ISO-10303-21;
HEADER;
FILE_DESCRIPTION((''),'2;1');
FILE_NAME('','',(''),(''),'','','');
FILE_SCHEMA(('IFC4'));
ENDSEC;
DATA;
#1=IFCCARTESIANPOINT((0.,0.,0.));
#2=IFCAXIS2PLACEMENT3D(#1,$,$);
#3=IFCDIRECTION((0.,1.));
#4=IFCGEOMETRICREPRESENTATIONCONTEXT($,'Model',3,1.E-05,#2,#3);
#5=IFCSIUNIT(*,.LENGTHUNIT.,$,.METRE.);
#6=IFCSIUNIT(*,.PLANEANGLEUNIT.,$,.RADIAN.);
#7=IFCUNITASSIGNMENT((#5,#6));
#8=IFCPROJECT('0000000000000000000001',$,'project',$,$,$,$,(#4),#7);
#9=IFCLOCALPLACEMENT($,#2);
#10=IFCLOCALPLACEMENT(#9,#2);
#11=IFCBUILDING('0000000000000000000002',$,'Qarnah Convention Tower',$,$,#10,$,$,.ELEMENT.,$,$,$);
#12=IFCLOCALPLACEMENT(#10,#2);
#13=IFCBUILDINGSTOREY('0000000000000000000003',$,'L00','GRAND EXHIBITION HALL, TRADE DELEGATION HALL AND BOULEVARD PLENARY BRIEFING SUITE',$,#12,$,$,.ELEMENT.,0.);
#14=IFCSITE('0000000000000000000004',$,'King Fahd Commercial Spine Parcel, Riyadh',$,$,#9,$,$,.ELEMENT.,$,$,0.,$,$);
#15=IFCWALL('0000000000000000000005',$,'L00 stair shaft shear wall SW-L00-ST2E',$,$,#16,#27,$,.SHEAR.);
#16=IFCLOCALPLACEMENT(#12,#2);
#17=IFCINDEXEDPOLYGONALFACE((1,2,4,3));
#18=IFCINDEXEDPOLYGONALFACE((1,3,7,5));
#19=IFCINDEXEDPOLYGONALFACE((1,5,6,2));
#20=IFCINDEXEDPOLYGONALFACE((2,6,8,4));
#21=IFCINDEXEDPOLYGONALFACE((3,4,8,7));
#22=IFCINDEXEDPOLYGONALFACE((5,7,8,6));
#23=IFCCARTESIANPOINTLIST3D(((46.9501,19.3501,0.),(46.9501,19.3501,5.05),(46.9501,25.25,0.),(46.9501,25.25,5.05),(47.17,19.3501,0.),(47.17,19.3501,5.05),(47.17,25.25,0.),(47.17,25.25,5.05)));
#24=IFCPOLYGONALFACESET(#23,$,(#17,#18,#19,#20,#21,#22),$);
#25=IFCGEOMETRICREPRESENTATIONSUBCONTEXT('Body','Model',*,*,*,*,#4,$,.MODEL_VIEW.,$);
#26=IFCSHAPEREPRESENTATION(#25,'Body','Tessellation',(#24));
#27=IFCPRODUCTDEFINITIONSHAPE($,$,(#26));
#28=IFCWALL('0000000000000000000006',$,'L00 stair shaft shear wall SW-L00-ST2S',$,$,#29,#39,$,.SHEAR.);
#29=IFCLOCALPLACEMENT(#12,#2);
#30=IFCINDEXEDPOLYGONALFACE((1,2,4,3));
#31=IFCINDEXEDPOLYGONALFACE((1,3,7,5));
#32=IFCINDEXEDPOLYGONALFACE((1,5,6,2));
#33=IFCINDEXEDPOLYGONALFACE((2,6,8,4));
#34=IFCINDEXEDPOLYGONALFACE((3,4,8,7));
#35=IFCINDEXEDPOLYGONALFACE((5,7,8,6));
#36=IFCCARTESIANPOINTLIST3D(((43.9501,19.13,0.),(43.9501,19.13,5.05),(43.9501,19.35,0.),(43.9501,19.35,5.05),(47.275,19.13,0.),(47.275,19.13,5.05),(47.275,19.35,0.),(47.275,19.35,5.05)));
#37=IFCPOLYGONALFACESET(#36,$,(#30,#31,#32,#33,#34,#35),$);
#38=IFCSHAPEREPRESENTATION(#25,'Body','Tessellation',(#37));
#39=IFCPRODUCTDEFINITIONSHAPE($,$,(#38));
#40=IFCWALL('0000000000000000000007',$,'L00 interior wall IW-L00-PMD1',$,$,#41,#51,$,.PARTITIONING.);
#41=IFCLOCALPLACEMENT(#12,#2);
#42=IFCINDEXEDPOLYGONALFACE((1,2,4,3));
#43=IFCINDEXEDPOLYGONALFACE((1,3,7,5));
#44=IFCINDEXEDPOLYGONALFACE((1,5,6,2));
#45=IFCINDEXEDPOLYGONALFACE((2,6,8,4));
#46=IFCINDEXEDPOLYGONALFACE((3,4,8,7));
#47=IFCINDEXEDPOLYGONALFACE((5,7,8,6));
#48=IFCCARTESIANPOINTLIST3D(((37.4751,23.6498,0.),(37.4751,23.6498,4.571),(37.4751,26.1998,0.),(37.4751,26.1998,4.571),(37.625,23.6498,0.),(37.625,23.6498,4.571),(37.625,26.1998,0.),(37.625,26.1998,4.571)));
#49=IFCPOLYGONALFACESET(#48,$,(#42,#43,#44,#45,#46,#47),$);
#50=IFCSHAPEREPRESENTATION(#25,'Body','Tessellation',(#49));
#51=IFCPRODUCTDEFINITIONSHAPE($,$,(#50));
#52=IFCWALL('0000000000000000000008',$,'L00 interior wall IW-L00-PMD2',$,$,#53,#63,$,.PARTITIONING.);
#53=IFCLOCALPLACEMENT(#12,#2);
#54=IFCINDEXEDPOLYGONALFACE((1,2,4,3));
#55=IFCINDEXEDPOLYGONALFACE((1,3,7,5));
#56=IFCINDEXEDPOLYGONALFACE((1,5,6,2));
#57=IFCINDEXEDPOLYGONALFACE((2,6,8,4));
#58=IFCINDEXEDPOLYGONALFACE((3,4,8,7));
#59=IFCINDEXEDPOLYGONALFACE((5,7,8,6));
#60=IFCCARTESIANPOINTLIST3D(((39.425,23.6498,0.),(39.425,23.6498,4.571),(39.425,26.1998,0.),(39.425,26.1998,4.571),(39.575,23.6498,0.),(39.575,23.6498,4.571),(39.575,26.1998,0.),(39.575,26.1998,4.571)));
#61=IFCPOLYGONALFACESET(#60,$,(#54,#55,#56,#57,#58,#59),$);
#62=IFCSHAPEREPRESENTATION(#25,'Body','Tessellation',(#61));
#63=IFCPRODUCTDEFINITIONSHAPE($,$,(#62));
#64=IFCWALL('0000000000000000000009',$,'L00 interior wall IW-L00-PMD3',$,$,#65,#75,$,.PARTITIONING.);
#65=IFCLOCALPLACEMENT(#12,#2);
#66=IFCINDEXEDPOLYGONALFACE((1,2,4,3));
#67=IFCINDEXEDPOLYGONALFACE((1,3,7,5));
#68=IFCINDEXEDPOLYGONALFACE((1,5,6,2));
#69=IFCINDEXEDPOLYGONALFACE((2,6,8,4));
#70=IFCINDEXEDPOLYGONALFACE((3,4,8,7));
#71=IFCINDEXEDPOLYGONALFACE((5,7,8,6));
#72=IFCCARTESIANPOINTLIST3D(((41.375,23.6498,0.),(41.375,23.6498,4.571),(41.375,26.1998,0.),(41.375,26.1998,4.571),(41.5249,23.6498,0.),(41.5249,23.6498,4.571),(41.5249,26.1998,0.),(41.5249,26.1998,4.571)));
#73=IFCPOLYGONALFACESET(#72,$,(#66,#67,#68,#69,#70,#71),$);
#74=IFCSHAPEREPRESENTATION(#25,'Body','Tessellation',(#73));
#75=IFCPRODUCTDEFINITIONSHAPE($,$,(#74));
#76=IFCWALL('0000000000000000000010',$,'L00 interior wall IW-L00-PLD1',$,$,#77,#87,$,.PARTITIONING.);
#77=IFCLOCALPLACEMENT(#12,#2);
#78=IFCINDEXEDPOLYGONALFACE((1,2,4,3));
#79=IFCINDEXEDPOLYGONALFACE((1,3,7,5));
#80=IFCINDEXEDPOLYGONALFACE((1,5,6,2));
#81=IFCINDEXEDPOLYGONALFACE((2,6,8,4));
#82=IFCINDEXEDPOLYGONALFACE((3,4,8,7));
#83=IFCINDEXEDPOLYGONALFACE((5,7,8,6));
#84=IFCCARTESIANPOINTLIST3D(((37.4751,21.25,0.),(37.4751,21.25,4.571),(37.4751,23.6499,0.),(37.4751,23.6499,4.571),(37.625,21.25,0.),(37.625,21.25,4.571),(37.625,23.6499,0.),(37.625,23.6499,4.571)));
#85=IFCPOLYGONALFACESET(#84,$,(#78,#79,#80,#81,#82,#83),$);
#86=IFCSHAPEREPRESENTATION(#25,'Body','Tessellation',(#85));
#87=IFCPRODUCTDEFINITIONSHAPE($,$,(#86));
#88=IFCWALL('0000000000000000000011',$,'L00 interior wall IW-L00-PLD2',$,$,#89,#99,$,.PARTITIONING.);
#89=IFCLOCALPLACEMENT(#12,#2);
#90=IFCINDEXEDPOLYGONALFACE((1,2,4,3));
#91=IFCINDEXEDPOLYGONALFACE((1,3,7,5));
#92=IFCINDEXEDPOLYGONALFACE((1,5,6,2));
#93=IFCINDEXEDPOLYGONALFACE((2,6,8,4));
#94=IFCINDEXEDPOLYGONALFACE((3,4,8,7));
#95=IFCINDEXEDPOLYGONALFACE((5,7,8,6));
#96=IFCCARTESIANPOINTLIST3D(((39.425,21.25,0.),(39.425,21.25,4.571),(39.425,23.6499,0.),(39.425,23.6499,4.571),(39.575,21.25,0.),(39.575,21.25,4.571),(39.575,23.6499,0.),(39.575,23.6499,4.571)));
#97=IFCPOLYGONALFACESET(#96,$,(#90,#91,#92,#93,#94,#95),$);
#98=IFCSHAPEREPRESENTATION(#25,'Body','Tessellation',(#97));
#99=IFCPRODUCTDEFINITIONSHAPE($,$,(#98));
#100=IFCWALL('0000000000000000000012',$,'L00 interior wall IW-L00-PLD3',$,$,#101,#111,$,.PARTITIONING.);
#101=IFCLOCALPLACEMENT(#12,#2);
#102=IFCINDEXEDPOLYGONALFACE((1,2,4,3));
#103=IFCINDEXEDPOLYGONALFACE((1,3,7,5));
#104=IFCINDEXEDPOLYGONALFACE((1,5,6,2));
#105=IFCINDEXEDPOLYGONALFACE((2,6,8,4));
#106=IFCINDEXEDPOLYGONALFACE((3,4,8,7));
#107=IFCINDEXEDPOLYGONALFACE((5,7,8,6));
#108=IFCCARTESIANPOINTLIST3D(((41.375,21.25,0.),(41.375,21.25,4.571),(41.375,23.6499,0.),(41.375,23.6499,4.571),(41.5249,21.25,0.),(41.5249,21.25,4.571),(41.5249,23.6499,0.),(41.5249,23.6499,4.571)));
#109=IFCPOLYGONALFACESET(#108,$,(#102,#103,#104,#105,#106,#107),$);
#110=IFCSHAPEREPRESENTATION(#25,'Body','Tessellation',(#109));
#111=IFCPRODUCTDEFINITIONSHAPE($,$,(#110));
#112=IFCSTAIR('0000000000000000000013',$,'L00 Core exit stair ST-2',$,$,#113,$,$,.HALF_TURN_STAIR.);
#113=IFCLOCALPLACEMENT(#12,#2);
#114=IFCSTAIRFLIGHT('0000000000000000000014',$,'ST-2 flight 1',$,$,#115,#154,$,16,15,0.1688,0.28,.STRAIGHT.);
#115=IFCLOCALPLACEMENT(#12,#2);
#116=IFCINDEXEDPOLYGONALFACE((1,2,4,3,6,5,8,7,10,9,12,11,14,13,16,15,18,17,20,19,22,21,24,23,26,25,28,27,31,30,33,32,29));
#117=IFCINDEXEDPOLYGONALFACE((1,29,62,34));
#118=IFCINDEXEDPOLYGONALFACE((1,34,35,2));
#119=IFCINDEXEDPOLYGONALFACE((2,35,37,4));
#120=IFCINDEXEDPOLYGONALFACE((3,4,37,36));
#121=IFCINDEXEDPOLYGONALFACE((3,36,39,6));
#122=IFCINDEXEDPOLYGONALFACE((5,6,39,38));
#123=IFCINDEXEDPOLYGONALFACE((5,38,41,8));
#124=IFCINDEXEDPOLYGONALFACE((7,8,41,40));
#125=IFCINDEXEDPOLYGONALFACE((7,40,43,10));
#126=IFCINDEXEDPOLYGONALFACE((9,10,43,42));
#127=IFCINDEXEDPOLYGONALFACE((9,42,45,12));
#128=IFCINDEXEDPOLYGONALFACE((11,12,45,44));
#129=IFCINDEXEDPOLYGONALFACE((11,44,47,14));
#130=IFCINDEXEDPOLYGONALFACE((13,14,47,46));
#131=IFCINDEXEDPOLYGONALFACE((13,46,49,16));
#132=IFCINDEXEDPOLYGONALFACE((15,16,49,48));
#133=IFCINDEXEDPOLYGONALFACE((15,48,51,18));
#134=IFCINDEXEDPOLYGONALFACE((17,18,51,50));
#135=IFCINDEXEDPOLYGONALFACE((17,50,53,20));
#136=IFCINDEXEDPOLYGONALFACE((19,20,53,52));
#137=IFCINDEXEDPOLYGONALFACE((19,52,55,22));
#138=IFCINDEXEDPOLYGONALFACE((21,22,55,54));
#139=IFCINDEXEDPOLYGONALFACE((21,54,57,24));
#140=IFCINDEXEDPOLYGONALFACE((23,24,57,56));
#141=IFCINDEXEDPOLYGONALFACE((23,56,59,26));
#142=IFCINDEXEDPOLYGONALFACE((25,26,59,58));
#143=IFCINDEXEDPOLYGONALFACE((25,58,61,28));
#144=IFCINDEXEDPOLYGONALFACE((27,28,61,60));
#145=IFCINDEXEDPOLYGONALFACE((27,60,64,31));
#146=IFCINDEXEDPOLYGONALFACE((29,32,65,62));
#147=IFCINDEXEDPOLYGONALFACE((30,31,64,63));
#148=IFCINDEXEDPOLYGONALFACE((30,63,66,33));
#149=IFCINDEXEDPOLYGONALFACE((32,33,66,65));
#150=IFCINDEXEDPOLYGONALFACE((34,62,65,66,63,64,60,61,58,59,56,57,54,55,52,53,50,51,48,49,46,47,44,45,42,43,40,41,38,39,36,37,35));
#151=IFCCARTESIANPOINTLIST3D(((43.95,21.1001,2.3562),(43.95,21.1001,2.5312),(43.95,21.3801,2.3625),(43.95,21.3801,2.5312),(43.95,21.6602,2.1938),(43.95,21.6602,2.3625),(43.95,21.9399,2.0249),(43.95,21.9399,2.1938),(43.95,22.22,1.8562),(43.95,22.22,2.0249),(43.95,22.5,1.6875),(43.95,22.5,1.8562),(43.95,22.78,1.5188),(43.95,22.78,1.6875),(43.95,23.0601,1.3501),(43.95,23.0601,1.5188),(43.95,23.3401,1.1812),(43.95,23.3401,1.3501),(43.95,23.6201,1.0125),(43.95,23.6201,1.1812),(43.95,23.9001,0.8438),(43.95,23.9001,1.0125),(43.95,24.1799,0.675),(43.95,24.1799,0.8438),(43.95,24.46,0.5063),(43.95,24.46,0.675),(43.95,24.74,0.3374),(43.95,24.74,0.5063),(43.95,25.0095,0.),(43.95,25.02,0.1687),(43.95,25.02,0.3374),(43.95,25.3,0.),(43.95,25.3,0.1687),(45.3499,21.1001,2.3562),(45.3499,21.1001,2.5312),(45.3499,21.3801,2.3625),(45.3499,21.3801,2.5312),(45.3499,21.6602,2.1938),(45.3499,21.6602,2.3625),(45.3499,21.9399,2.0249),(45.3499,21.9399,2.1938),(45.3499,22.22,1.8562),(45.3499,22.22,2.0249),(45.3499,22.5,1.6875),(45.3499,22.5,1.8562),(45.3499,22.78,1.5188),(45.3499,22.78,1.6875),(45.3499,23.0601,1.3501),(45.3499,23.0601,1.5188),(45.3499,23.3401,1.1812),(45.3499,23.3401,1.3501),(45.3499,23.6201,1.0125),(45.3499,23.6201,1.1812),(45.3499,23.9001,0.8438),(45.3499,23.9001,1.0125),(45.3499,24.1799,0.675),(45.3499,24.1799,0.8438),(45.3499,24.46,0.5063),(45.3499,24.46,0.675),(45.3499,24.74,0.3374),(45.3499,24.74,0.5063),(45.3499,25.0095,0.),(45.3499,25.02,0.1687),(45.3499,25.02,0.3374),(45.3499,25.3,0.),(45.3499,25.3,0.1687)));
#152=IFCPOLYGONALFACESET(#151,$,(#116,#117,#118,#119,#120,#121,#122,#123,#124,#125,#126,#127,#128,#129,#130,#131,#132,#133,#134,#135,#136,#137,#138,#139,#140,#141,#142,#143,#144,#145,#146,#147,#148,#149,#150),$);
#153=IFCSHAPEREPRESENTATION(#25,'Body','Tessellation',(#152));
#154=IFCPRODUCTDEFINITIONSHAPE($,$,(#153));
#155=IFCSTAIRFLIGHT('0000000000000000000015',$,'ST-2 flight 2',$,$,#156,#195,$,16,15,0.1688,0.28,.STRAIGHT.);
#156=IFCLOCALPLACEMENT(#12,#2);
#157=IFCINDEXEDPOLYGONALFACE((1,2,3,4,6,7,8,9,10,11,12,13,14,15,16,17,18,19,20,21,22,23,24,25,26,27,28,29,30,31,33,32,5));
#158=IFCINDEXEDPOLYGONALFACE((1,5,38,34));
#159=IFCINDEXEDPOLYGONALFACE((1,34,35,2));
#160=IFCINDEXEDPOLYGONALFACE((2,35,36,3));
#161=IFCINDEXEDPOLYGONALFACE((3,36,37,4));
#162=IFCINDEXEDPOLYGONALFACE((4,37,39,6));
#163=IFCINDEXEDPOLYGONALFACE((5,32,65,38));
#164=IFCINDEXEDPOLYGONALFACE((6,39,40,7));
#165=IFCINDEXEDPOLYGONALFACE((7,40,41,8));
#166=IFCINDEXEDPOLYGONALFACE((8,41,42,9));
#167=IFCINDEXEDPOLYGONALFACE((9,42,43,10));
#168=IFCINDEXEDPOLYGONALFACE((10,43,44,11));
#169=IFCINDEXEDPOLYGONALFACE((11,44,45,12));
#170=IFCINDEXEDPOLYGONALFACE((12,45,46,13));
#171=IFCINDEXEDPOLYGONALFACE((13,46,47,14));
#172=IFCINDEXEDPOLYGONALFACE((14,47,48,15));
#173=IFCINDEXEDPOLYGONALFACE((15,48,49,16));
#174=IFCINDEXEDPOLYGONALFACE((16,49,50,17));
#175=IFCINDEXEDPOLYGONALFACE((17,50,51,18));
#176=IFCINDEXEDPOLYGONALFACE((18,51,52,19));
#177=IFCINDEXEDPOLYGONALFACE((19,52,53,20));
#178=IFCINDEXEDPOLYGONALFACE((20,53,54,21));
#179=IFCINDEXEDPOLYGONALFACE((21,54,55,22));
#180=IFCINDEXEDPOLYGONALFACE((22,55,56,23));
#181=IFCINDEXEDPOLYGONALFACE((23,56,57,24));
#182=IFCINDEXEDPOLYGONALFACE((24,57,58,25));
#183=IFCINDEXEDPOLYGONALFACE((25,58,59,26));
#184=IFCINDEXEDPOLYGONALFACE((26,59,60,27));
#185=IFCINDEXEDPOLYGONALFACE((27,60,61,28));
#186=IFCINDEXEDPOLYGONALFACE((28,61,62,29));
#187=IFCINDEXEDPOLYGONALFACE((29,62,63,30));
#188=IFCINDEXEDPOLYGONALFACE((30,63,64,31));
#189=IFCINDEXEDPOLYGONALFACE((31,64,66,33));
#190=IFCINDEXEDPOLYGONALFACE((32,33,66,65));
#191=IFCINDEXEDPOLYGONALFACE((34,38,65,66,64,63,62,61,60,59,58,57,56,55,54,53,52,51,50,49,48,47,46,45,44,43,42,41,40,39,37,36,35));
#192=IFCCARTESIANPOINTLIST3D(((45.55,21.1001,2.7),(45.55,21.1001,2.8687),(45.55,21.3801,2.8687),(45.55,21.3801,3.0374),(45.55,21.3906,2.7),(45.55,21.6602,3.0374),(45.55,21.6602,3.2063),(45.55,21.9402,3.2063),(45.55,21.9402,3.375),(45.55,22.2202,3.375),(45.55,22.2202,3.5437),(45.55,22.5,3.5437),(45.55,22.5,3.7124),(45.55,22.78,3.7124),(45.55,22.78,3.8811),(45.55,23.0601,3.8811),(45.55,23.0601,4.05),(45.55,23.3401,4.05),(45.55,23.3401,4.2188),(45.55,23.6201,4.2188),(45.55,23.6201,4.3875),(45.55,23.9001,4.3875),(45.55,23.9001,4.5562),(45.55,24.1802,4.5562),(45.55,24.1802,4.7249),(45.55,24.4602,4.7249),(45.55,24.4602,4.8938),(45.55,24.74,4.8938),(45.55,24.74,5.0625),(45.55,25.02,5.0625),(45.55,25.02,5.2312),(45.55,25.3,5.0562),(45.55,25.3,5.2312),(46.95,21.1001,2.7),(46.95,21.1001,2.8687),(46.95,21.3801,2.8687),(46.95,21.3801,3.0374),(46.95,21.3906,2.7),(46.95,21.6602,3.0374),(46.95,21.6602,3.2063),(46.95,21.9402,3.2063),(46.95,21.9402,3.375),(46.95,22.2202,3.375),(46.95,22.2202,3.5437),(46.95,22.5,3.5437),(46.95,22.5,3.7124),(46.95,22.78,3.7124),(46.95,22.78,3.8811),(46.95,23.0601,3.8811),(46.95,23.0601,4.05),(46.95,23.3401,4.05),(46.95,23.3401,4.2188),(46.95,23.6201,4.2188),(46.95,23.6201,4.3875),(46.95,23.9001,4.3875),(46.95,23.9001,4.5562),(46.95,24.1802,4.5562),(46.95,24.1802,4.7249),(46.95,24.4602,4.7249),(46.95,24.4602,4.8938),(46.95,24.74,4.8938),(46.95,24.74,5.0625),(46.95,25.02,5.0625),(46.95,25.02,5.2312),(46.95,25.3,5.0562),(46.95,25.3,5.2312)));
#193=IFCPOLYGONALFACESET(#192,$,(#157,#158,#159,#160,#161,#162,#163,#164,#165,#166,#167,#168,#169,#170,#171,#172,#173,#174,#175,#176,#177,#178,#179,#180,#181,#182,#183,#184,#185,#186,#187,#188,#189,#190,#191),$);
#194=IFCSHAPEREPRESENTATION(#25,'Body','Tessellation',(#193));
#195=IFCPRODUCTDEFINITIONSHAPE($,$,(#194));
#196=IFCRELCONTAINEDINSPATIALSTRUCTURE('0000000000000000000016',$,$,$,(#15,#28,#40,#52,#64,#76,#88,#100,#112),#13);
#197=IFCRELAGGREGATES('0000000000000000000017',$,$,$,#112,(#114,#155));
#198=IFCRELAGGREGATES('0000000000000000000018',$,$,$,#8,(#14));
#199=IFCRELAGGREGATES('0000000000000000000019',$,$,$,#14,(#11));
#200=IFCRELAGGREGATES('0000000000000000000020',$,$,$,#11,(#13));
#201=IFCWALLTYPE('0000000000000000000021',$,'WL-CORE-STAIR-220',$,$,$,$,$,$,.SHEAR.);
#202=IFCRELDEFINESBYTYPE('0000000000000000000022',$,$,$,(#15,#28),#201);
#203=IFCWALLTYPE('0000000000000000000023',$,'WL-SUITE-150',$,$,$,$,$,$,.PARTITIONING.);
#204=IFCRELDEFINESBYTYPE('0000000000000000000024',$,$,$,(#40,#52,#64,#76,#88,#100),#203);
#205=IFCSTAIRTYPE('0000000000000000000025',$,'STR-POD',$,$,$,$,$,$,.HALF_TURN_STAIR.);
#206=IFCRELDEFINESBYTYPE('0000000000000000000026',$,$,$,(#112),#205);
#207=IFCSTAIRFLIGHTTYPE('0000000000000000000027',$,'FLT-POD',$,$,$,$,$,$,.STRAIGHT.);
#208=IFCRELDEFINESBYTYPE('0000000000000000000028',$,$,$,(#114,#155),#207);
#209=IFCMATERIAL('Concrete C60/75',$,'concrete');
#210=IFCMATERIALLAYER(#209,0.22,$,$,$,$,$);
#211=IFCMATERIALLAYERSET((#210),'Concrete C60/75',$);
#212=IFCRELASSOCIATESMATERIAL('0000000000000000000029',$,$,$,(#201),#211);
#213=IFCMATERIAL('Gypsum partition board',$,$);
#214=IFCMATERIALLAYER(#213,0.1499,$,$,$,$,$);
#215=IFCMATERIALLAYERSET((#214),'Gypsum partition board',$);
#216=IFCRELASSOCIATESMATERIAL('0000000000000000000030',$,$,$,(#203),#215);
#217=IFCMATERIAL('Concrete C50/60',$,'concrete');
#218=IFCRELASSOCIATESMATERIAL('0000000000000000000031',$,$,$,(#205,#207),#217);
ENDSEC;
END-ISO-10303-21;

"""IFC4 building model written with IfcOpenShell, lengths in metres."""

from ifc_helpers import new_model, si_unit, direction, frame, frame_2d, origin, place, context, subcontext, project, spatial, polyline, rectangle, outline, extrude, material, layer, layer_set, type_object, element, aggregate, save


model = new_model("IFC4")

# Units and contexts
model_context = context("Model", 3, precision=1e-05, world=origin(), true_north=direction((0.0, 1.0)))
body_context = subcontext(model_context, "Body", "Model", "MODEL_VIEW")
ifc_project = project(units=[si_unit("LENGTHUNIT", "METRE"), si_unit("PLANEANGLEUNIT", "RADIAN")], contexts=[model_context])

# Site, building, storey
site_placement = place(None, origin())
site = spatial("IfcSite", under=ifc_project, at=site_placement, Name="King Fahd Commercial Spine Parcel, Riyadh", CompositionType="ELEMENT", RefElevation=0.0)
building_placement = place(site_placement, origin())
building = spatial("IfcBuilding", under=site, at=building_placement, Name="Qarnah Convention Tower", CompositionType="ELEMENT")
storey_placement = place(building_placement, origin())
storey = spatial("IfcBuildingStorey", under=building, at=storey_placement, Name="L00", Description="GRAND EXHIBITION HALL, TRADE DELEGATION HALL AND BOULEVARD PLENARY BRIEFING SUITE", CompositionType="ELEMENT", Elevation=0.0)

# Shared definitions
ifc_material_1 = material(Name="Concrete C60/75", Category="concrete")

# Walls
ifc_layer_1 = layer(ifc_material_1, 0.22)
ifc_layer_set_1 = layer_set([ifc_layer_1], Name="Concrete C60/75")
wall_type_1 = type_object("IfcWallType", Name="WL-CORE-STAIR-220", PredefinedType="SHEAR", material=ifc_layer_set_1)
wall_1_placement = place(storey_placement, frame((47.0601, 19.3501, 0.0), z_axis=(0.0, 0.0, 1.0), x_axis=(0.0, 1.0, 0.0)))
element("IfcWall", 1, at=wall_1_placement, inside=storey, type_object=wall_type_1, Name="L00 stair shaft shear wall SW-L00-ST2E", PredefinedType="SHEAR", context=body_context, shape_type="SweptSolid", body=[
    extrude(rectangle(XDim=5.8999, YDim=0.22, at=frame_2d((2.95, 0.0))), origin(), (0.0, 0.0, 1.0), 5.05),
])
wall_2_placement = place(storey_placement, frame((43.95, 19.24, 0.0), z_axis=(0.0, 0.0, 1.0), x_axis=(1.0, 0.0, 0.0)))
element("IfcWall", 2, at=wall_2_placement, inside=storey, type_object=wall_type_1, Name="L00 stair shaft shear wall SW-L00-ST2S", PredefinedType="SHEAR", context=body_context, shape_type="SweptSolid", body=[
    extrude(rectangle(XDim=3.325, YDim=0.22, at=frame_2d((1.6626, 0.0))), origin(), (0.0, 0.0, 1.0), 5.05),
])
ifc_material_2 = material(Name="Gypsum partition board")
ifc_layer_2 = layer(ifc_material_2, 0.1499)
ifc_layer_set_2 = layer_set([ifc_layer_2], Name="Gypsum partition board")
wall_type_2 = type_object("IfcWallType", Name="WL-SUITE-150", PredefinedType="PARTITIONING", material=ifc_layer_set_2)
for number, where, z_axis, x_axis, name in (
    (3, (37.55, 23.6499, 0.0), (0.0, 0.0, 1.0), (0.0, 1.0, 0.0), "L00 interior wall IW-L00-PMD1"),
    (4, (39.5, 23.6499, 0.0), (0.0, 0.0, 1.0), (0.0, 1.0, 0.0), "L00 interior wall IW-L00-PMD2"),
    (5, (41.45, 23.6499, 0.0), (0.0, 0.0, 1.0), (0.0, 1.0, 0.0), "L00 interior wall IW-L00-PMD3"),
):
    element("IfcWall", number, at=place(storey_placement, frame(where, z_axis=z_axis, x_axis=x_axis)), inside=storey, type_object=wall_type_2, Name=name, PredefinedType="PARTITIONING", context=body_context, shape_type="SweptSolid", body=[
        extrude(rectangle(XDim=2.55, YDim=0.1499, at=frame_2d((1.2749, 0.0))), origin(), (0.0, 0.0, 1.0), 4.571),
    ])
for number, where, z_axis, x_axis, name in (
    (6, (37.55, 21.25, 0.0), (0.0, 0.0, 1.0), (0.0, 1.0, 0.0), "L00 interior wall IW-L00-PLD1"),
    (7, (39.5, 21.25, 0.0), (0.0, 0.0, 1.0), (0.0, 1.0, 0.0), "L00 interior wall IW-L00-PLD2"),
    (8, (41.45, 21.25, 0.0), (0.0, 0.0, 1.0), (0.0, 1.0, 0.0), "L00 interior wall IW-L00-PLD3"),
):
    element("IfcWall", number, at=place(storey_placement, frame(where, z_axis=z_axis, x_axis=x_axis)), inside=storey, type_object=wall_type_2, Name=name, PredefinedType="PARTITIONING", context=body_context, shape_type="SweptSolid", body=[
        extrude(rectangle(XDim=2.3999, YDim=0.1499, at=frame_2d((1.2, 0.0))), origin(), (0.0, 0.0, 1.0), 4.571),
    ])

# Stair, stair flights
ifc_material_3 = material(Name="Concrete C50/60", Category="concrete")
stair_type = type_object("IfcStairType", Name="STR-POD", PredefinedType="HALF_TURN_STAIR", material=ifc_material_3)
stair_placement = place(storey_placement, origin())
stair = element("IfcStair", 9, at=stair_placement, inside=storey, type_object=stair_type, Name="L00 Core exit stair ST-2", PredefinedType="HALF_TURN_STAIR")
stair_flight_type = type_object("IfcStairFlightType", Name="FLT-POD", PredefinedType="STRAIGHT", material=ifc_material_3)
stair_flight_1_placement = place(storey_placement, frame((44.6499, 25.3, 0.0), z_axis=(0.0, 0.0, 1.0), x_axis=(0.0, -1.0, 0.0)))
stair_flight_1 = element("IfcStairFlight", 10, at=stair_flight_1_placement, type_object=stair_flight_type, Name="ST-2 flight 1", NumberOfRisers=16, NumberOfTreads=15, PredefinedType="STRAIGHT", RiserHeight=0.1688, TreadLength=0.28, context=body_context, shape_type="SweptSolid", body=[
    extrude(outline(polyline([(0.0, 0.0), (0.0, 0.1687), (0.28, 0.1687), (0.28, 0.3374), (0.5601, 0.3374), (0.5601, 0.5063), (0.8401, 0.5063), (0.8401, 0.675), (1.1201, 0.675), (1.1201, 0.8438), (1.3999, 0.8438), (1.3999, 1.0125), (1.6799, 1.0125), (1.6799, 1.1812), (1.96, 1.1812), (1.96, 1.3501), (2.24, 1.3501), (2.24, 1.5188), (2.52, 1.5188), (2.52, 1.6875), (2.8, 1.6875), (2.8, 1.8562), (3.0801, 1.8562), (3.0801, 2.0249), (3.3601, 2.0249), (3.3601, 2.1938), (3.6399, 2.1938), (3.6399, 2.3625), (3.9199, 2.3625), (3.9199, 2.5312), (4.2, 2.5312), (4.2, 2.7), (4.2, 2.3562), (0.2905, 0.0), (0.0, 0.0)])), frame((0.0, 0.7, 0.0), z_axis=(0.0, -1.0, 0.0), x_axis=(1.0, 0.0, 0.0)), (0.0, 0.0, 1.0), 1.3999),
])
stair_flight_2_placement = place(storey_placement, frame((46.25, 21.1001, 2.7), z_axis=(0.0, 0.0, 1.0), x_axis=(0.0, 1.0, 0.0)))
stair_flight_2 = element("IfcStairFlight", 11, at=stair_flight_2_placement, type_object=stair_flight_type, Name="ST-2 flight 2", NumberOfRisers=16, NumberOfTreads=15, PredefinedType="STRAIGHT", RiserHeight=0.1688, TreadLength=0.28, context=body_context, shape_type="SweptSolid", body=[
    extrude(outline(polyline([(0.0, 0.0), (0.0, 0.1687), (0.28, 0.1687), (0.28, 0.3374), (0.5601, 0.3374), (0.5601, 0.5063), (0.8401, 0.5063), (0.8401, 0.675), (1.1201, 0.675), (1.1201, 0.8438), (1.3999, 0.8438), (1.3999, 1.0125), (1.6799, 1.0125), (1.6799, 1.1812), (1.96, 1.1812), (1.96, 1.3501), (2.24, 1.3501), (2.24, 1.5188), (2.52, 1.5188), (2.52, 1.6875), (2.8, 1.6875), (2.8, 1.8562), (3.0801, 1.8562), (3.0801, 2.0249), (3.3601, 2.0249), (3.3601, 2.1938), (3.6399, 2.1938), (3.6399, 2.3625), (3.9199, 2.3625), (3.9199, 2.5312), (4.2, 2.5312), (4.2, 2.7), (4.2, 2.3562), (0.2905, 0.0), (0.0, 0.0)])), frame((0.0, 0.7, 0.0), z_axis=(0.0, -1.0, 0.0), x_axis=(1.0, 0.0, 0.0)), (0.0, 0.0, 1.0), 1.3999),
])
aggregate(stair, [stair_flight_1, stair_flight_2])

save(model, "model.ifc")
